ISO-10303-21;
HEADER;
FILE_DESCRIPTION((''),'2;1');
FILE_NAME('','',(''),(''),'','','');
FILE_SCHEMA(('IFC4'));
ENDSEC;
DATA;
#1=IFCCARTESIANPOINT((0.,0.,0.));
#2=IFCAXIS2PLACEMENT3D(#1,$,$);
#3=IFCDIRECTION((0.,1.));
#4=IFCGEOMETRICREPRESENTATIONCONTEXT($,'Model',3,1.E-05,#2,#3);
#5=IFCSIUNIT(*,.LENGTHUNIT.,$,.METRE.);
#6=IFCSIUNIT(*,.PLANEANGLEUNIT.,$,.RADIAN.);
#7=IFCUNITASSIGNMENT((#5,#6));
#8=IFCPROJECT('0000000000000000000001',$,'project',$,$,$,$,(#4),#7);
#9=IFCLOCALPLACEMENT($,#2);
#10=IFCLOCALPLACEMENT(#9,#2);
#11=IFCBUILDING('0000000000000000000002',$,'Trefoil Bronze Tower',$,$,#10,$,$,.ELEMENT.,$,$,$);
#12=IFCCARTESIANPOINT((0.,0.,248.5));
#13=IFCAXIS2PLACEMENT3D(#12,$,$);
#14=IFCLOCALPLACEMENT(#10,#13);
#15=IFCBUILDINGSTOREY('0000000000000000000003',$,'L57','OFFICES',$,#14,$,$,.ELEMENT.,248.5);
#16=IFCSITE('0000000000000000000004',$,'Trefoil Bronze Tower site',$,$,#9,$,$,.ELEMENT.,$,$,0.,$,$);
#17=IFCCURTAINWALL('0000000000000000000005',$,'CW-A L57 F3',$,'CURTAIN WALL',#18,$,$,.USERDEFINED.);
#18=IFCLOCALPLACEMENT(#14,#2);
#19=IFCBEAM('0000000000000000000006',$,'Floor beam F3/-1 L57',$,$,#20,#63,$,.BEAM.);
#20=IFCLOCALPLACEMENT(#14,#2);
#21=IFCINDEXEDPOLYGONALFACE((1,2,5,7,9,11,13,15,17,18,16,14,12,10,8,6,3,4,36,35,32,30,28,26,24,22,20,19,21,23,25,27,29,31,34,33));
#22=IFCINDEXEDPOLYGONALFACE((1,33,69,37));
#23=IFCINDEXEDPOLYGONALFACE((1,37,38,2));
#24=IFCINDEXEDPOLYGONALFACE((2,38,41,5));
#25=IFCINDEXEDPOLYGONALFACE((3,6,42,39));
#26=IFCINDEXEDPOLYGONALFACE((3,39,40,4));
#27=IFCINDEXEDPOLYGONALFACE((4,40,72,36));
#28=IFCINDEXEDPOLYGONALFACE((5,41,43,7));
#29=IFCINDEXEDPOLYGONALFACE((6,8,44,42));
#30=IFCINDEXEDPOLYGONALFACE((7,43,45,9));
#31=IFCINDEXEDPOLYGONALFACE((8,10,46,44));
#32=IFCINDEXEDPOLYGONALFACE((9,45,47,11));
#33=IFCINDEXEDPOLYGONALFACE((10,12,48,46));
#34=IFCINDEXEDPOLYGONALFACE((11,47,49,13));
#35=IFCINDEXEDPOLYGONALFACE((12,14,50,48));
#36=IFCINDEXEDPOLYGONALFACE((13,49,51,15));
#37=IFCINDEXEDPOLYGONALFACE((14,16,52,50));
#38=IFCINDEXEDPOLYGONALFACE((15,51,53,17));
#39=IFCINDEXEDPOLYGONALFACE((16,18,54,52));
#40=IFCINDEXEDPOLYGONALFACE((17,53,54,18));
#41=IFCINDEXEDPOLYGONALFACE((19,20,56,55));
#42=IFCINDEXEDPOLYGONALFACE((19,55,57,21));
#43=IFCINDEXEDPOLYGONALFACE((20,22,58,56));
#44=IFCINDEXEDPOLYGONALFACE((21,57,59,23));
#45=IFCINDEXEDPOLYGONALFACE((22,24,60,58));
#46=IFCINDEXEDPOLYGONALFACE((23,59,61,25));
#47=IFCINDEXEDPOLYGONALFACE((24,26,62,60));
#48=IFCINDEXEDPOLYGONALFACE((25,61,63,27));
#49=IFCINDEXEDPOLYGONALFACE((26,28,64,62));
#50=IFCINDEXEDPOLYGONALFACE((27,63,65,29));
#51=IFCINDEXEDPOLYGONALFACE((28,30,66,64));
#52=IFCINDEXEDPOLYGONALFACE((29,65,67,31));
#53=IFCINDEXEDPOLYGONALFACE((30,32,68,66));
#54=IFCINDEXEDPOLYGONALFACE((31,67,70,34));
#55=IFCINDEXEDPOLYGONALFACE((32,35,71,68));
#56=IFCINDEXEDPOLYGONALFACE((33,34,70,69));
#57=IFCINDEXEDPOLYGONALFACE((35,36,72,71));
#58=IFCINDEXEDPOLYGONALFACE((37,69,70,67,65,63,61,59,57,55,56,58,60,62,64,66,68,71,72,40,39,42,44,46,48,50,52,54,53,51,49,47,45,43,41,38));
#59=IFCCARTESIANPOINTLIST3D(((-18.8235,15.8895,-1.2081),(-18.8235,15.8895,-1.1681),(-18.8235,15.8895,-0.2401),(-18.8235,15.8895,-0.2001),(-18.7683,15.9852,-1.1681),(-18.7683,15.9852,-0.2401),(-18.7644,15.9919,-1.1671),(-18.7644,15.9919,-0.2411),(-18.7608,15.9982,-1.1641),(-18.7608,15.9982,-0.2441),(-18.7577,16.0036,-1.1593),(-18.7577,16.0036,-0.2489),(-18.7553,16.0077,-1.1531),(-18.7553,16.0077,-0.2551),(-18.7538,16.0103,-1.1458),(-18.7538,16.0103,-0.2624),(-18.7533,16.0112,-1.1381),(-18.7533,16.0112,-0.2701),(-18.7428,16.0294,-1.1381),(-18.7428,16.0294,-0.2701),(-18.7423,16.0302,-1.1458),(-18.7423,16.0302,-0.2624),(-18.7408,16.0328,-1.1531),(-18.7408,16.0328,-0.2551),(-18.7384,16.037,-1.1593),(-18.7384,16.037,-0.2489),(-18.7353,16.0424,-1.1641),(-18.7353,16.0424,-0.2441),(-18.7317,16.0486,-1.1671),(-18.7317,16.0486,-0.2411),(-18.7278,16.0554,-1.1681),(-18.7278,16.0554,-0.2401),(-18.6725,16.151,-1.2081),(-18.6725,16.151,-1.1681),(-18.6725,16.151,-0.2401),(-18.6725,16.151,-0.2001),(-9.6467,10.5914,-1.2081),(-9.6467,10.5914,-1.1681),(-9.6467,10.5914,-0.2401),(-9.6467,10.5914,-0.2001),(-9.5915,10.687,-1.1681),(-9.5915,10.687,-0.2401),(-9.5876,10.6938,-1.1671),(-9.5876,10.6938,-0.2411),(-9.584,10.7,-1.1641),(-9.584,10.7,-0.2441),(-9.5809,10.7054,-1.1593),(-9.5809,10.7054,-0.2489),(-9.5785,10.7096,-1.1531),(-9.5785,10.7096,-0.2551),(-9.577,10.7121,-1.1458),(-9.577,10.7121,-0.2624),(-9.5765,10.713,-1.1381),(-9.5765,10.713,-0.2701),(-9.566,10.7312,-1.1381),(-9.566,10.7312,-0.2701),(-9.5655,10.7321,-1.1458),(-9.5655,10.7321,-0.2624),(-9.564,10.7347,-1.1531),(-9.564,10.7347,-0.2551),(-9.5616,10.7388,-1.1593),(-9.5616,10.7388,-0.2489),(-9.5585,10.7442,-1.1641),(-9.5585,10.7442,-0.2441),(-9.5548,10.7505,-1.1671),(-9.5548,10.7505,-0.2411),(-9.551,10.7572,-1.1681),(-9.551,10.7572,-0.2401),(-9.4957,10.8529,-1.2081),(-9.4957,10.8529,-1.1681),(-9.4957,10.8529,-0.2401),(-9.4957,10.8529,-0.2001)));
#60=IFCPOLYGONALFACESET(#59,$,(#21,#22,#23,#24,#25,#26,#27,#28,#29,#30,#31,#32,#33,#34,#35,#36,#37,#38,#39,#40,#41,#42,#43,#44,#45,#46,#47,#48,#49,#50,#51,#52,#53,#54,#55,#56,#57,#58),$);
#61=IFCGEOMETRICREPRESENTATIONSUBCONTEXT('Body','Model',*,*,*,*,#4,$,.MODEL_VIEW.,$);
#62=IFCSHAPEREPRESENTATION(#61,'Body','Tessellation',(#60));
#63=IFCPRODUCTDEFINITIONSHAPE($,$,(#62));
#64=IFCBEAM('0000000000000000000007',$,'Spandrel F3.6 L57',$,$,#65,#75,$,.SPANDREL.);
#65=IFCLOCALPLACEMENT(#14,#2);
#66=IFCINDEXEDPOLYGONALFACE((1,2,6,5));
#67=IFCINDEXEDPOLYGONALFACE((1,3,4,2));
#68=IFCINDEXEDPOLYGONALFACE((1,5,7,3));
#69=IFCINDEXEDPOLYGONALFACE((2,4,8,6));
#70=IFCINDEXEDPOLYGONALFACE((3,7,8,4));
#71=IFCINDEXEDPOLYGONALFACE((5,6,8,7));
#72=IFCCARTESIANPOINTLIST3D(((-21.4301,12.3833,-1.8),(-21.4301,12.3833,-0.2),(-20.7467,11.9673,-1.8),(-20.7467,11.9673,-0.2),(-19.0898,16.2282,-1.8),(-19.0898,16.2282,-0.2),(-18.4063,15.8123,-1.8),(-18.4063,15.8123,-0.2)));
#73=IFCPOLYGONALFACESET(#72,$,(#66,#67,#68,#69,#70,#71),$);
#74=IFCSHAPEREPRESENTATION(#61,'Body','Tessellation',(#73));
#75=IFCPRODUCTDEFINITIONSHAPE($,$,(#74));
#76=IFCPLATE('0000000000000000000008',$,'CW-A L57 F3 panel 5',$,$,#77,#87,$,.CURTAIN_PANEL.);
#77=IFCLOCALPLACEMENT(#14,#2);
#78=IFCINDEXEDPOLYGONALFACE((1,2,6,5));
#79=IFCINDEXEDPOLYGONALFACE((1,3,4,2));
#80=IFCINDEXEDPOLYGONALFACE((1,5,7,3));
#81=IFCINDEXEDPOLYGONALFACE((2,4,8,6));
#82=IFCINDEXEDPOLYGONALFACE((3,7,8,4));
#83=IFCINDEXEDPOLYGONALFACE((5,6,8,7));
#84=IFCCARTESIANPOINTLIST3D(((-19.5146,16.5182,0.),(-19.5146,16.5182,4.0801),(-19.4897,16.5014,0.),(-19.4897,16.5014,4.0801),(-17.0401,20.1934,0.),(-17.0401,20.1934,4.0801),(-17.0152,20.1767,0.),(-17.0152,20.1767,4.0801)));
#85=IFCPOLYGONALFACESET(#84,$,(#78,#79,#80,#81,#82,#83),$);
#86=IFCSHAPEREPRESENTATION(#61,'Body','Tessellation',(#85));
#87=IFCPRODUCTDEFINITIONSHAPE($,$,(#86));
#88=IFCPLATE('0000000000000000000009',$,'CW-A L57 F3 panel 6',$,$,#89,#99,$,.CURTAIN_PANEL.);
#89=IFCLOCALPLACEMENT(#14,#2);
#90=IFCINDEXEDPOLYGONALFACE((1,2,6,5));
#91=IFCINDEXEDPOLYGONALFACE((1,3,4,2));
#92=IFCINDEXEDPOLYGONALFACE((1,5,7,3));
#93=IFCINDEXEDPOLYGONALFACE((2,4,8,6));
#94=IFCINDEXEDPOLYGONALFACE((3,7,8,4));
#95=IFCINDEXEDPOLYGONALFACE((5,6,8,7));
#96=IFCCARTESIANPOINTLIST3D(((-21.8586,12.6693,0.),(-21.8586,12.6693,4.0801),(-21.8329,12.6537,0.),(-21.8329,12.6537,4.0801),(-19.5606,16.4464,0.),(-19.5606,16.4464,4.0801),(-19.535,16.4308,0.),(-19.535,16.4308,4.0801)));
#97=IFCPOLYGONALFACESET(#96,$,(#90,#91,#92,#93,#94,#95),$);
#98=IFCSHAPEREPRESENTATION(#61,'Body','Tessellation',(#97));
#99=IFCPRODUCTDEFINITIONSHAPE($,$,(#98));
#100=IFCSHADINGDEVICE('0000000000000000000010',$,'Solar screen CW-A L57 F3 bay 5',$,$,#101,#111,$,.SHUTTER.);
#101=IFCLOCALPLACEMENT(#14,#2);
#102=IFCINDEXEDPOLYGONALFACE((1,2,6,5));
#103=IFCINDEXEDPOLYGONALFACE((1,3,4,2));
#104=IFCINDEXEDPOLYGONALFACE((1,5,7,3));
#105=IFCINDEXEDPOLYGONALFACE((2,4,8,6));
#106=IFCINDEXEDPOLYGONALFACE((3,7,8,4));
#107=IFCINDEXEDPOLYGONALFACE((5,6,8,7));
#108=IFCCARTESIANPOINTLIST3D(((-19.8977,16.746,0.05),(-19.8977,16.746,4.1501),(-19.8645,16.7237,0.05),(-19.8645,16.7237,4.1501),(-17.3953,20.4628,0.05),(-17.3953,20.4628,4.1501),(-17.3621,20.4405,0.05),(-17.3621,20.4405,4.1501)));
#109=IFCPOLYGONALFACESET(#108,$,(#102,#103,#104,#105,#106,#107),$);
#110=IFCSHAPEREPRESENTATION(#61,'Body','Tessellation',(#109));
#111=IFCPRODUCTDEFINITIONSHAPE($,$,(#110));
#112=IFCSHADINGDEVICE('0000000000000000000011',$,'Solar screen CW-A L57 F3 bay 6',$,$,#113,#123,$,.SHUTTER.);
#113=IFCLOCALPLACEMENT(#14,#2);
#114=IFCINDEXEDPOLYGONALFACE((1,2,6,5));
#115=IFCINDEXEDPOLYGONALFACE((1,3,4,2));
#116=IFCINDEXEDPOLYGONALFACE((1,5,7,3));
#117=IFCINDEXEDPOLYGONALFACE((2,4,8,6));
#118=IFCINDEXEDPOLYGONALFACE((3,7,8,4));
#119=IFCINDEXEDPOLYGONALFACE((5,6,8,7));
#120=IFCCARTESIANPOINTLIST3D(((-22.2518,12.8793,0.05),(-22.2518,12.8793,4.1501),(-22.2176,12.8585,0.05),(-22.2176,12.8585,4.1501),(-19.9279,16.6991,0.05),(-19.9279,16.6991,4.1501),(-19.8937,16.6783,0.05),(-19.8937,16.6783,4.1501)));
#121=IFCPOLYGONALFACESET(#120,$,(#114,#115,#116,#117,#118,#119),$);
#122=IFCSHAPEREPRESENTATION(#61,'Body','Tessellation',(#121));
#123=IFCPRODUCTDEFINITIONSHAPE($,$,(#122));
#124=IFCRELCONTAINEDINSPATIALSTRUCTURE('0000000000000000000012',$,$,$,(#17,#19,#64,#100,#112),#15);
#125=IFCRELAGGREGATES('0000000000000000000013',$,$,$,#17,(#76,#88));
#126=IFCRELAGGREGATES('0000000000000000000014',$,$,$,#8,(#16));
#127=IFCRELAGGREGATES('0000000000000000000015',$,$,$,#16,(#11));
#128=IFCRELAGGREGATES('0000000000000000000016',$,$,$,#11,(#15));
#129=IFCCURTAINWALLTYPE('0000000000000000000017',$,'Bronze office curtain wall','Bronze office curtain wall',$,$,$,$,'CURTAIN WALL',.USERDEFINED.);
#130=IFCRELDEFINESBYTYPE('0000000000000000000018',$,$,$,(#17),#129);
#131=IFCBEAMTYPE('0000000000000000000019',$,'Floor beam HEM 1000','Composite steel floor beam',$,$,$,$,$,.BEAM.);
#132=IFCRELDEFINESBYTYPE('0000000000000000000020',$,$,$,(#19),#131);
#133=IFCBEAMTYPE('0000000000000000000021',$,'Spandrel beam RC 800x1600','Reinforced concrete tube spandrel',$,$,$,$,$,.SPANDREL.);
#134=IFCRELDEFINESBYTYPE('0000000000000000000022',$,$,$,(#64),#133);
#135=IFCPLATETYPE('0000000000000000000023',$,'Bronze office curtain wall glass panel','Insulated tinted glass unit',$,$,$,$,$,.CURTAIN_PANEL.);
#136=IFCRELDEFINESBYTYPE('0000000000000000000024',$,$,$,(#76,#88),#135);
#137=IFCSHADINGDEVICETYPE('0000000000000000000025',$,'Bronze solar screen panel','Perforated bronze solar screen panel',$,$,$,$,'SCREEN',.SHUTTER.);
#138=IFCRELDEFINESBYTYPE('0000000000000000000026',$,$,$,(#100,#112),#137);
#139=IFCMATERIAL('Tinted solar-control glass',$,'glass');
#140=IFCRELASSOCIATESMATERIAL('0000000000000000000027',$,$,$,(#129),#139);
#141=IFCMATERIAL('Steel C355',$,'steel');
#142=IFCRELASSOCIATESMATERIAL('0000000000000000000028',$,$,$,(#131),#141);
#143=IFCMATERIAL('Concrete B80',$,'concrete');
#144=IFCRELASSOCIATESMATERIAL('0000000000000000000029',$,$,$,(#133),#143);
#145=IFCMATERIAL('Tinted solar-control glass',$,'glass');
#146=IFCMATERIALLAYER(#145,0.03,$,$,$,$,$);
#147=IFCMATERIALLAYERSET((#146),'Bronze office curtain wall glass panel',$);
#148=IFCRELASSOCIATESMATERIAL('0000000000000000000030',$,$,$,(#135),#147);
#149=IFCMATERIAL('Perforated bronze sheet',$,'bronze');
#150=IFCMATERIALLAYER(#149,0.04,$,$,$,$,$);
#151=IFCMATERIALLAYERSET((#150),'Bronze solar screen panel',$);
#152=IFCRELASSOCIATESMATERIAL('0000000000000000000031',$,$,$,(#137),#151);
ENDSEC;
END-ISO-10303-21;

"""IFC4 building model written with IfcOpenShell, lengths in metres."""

from ifc_helpers import new_model, si_unit, direction, frame, origin, origin_2d, place, context, subcontext, project, spatial, rectangle, i_section, extrude, material, layer, layer_set, material_profile, profile_set, type_object, element, aggregate, save


model = new_model("IFC4")

# Units and contexts
model_context = context("Model", 3, precision=1e-05, world=origin(), true_north=direction((0.0, 1.0)))
body_context = subcontext(model_context, "Body", "Model", "MODEL_VIEW")
ifc_project = project(units=[si_unit("LENGTHUNIT", "METRE"), si_unit("PLANEANGLEUNIT", "RADIAN")], contexts=[model_context])

# Site, building, storey
site_placement = place(None, origin())
site = spatial("IfcSite", under=ifc_project, at=site_placement, Name="Trefoil Bronze Tower site", CompositionType="ELEMENT", RefElevation=0.0)
building_placement = place(site_placement, origin())
building = spatial("IfcBuilding", under=site, at=building_placement, Name="Trefoil Bronze Tower", CompositionType="ELEMENT")
storey_placement = place(building_placement, frame((0.0, 0.0, 248.5)))
storey = spatial("IfcBuildingStorey", under=building, at=storey_placement, Name="L57", Description="OFFICES", CompositionType="ELEMENT", Elevation=248.5)

# Curtain wall
ifc_material_1 = material(Name="Tinted solar-control glass", Category="glass")
curtain_wall_type = type_object("IfcCurtainWallType", Name="Bronze office curtain wall", Description="Bronze office curtain wall", ElementType="CURTAIN WALL", PredefinedType="USERDEFINED", material=ifc_material_1)
curtain_wall_placement = place(storey_placement, origin())
curtain_wall = element("IfcCurtainWall", 1, at=curtain_wall_placement, inside=storey, type_object=curtain_wall_type, Name="CW-A L57 F3", ObjectType="CURTAIN WALL", PredefinedType="USERDEFINED")

# Beams
ifc_material_2 = material(Name="Steel C355", Category="steel")
ifc_material_profile_1 = material_profile(ifc_material_2, i_section(OverallWidth=0.302, OverallDepth=1.0081, WebThickness=0.021, FlangeThickness=0.04, FilletRadius=0.03, at=origin_2d()), Name="HEM 1000")
ifc_profile_set_1 = profile_set([ifc_material_profile_1], Name="Steel C355")
beam_type_1 = type_object("IfcBeamType", Name="Floor beam HEM 1000", Description="Composite steel floor beam", PredefinedType="BEAM", material=ifc_profile_set_1)
beam_1_placement = place(storey_placement, frame((-18.748, 16.0203, -0.7041), z_axis=(0.86603, -0.499992, 0.0), x_axis=(0.499992, 0.86603, 0.0)))
element("IfcBeam", 2, at=beam_1_placement, inside=storey, type_object=beam_type_1, Name="Floor beam F3/-1 L57", PredefinedType="BEAM", context=body_context, shape_type="SweptSolid", body=[
    extrude(i_section(OverallWidth=0.302, OverallDepth=1.0081, WebThickness=0.021, FlangeThickness=0.04, FilletRadius=0.03, at=origin_2d()), origin(), (0.0, 0.0, 1.0), 10.5964),
])
ifc_material_3 = material(Name="Concrete B80", Category="concrete")
ifc_material_profile_2 = material_profile(ifc_material_3, rectangle(XDim=0.8, YDim=1.6001, at=origin_2d()), Name="RC 800x1600")
ifc_profile_set_2 = profile_set([ifc_material_profile_2], Name="Concrete B80")
beam_type_2 = type_object("IfcBeamType", Name="Spandrel beam RC 800x1600", Description="Reinforced concrete tube spandrel", PredefinedType="SPANDREL", material=ifc_profile_set_2)
beam_2_placement = place(storey_placement, frame((-18.748, 16.0203, -1.0), z_axis=(-0.519933, -0.854207, 0.0), x_axis=(0.854207, -0.519933, 0.0)))
element("IfcBeam", 3, at=beam_2_placement, inside=storey, type_object=beam_type_2, Name="Spandrel F3.6 L57", PredefinedType="SPANDREL", context=body_context, shape_type="SweptSolid", body=[
    extrude(rectangle(XDim=0.8, YDim=1.6001, at=origin_2d()), origin(), (0.0, 0.0, 1.0), 4.5012),
])

# Plates
ifc_material_4 = material(Name="Tinted solar-control glass", Category="glass")
ifc_layer_1 = layer(ifc_material_4, 0.03)
ifc_layer_set_1 = layer_set([ifc_layer_1], Name="Bronze office curtain wall glass panel")
plate_type = type_object("IfcPlateType", Name="Bronze office curtain wall glass panel", Description="Insulated tinted glass unit", PredefinedType="CURTAIN_PANEL", material=ifc_layer_set_1)
plate_1_placement = place(storey_placement, frame((-18.2649, 18.3474, 0.0), z_axis=(0.0, 0.0, 1.0), x_axis=(-0.558493, -0.829509, 0.0)))
plate_1 = element("IfcPlate", 4, at=plate_1_placement, type_object=plate_type, Name="CW-A L57 F3 panel 5", PredefinedType="CURTAIN_PANEL", context=body_context, shape_type="SweptSolid", body=[
    extrude(rectangle(XDim=4.4307, YDim=0.03, at=origin_2d()), origin(), (0.0, 0.0, 1.0), 4.0801),
])
plate_2_placement = place(storey_placement, frame((-20.6968, 14.55, 0.0), z_axis=(0.0, 0.0, 1.0), x_axis=(-0.519762, -0.854311, 0.0)))
plate_2 = element("IfcPlate", 5, at=plate_2_placement, type_object=plate_type, Name="CW-A L57 F3 panel 6", PredefinedType="CURTAIN_PANEL", context=body_context, shape_type="SweptSolid", body=[
    extrude(rectangle(XDim=4.4211, YDim=0.03, at=origin_2d()), origin(), (0.0, 0.0, 1.0), 4.0801),
])
aggregate(curtain_wall, [plate_1, plate_2])

# Shading devices
ifc_material_5 = material(Name="Perforated bronze sheet", Category="bronze")
ifc_layer_2 = layer(ifc_material_5, 0.04)
ifc_layer_set_2 = layer_set([ifc_layer_2], Name="Bronze solar screen panel")
shading_device_type = type_object("IfcShadingDeviceType", Name="Bronze solar screen panel", Description="Perforated bronze solar screen panel", ElementType="SCREEN", PredefinedType="SHUTTER", material=ifc_layer_set_2)
shading_device_1_placement = place(storey_placement, frame((-18.6299, 18.5933, 0.05), z_axis=(0.0, 0.0, 1.0), x_axis=(-0.558493, -0.829509, 0.0)))
element("IfcShadingDevice", 6, at=shading_device_1_placement, inside=storey, type_object=shading_device_type, Name="Solar screen CW-A L57 F3 bay 5", PredefinedType="SHUTTER", context=body_context, shape_type="SweptSolid", body=[
    extrude(rectangle(XDim=4.4807, YDim=0.04, at=origin_2d()), origin(), (0.0, 0.0, 1.0), 4.1001),
])
shading_device_2_placement = place(storey_placement, frame((-21.0728, 14.7788, 0.05), z_axis=(0.0, 0.0, 1.0), x_axis=(-0.519762, -0.854311, 0.0)))
element("IfcShadingDevice", 7, at=shading_device_2_placement, inside=storey, type_object=shading_device_type, Name="Solar screen CW-A L57 F3 bay 6", PredefinedType="SHUTTER", context=body_context, shape_type="SweptSolid", body=[
    extrude(rectangle(XDim=4.4712, YDim=0.04, at=origin_2d()), origin(), (0.0, 0.0, 1.0), 4.1001),
])

save(model, "model.ifc")
